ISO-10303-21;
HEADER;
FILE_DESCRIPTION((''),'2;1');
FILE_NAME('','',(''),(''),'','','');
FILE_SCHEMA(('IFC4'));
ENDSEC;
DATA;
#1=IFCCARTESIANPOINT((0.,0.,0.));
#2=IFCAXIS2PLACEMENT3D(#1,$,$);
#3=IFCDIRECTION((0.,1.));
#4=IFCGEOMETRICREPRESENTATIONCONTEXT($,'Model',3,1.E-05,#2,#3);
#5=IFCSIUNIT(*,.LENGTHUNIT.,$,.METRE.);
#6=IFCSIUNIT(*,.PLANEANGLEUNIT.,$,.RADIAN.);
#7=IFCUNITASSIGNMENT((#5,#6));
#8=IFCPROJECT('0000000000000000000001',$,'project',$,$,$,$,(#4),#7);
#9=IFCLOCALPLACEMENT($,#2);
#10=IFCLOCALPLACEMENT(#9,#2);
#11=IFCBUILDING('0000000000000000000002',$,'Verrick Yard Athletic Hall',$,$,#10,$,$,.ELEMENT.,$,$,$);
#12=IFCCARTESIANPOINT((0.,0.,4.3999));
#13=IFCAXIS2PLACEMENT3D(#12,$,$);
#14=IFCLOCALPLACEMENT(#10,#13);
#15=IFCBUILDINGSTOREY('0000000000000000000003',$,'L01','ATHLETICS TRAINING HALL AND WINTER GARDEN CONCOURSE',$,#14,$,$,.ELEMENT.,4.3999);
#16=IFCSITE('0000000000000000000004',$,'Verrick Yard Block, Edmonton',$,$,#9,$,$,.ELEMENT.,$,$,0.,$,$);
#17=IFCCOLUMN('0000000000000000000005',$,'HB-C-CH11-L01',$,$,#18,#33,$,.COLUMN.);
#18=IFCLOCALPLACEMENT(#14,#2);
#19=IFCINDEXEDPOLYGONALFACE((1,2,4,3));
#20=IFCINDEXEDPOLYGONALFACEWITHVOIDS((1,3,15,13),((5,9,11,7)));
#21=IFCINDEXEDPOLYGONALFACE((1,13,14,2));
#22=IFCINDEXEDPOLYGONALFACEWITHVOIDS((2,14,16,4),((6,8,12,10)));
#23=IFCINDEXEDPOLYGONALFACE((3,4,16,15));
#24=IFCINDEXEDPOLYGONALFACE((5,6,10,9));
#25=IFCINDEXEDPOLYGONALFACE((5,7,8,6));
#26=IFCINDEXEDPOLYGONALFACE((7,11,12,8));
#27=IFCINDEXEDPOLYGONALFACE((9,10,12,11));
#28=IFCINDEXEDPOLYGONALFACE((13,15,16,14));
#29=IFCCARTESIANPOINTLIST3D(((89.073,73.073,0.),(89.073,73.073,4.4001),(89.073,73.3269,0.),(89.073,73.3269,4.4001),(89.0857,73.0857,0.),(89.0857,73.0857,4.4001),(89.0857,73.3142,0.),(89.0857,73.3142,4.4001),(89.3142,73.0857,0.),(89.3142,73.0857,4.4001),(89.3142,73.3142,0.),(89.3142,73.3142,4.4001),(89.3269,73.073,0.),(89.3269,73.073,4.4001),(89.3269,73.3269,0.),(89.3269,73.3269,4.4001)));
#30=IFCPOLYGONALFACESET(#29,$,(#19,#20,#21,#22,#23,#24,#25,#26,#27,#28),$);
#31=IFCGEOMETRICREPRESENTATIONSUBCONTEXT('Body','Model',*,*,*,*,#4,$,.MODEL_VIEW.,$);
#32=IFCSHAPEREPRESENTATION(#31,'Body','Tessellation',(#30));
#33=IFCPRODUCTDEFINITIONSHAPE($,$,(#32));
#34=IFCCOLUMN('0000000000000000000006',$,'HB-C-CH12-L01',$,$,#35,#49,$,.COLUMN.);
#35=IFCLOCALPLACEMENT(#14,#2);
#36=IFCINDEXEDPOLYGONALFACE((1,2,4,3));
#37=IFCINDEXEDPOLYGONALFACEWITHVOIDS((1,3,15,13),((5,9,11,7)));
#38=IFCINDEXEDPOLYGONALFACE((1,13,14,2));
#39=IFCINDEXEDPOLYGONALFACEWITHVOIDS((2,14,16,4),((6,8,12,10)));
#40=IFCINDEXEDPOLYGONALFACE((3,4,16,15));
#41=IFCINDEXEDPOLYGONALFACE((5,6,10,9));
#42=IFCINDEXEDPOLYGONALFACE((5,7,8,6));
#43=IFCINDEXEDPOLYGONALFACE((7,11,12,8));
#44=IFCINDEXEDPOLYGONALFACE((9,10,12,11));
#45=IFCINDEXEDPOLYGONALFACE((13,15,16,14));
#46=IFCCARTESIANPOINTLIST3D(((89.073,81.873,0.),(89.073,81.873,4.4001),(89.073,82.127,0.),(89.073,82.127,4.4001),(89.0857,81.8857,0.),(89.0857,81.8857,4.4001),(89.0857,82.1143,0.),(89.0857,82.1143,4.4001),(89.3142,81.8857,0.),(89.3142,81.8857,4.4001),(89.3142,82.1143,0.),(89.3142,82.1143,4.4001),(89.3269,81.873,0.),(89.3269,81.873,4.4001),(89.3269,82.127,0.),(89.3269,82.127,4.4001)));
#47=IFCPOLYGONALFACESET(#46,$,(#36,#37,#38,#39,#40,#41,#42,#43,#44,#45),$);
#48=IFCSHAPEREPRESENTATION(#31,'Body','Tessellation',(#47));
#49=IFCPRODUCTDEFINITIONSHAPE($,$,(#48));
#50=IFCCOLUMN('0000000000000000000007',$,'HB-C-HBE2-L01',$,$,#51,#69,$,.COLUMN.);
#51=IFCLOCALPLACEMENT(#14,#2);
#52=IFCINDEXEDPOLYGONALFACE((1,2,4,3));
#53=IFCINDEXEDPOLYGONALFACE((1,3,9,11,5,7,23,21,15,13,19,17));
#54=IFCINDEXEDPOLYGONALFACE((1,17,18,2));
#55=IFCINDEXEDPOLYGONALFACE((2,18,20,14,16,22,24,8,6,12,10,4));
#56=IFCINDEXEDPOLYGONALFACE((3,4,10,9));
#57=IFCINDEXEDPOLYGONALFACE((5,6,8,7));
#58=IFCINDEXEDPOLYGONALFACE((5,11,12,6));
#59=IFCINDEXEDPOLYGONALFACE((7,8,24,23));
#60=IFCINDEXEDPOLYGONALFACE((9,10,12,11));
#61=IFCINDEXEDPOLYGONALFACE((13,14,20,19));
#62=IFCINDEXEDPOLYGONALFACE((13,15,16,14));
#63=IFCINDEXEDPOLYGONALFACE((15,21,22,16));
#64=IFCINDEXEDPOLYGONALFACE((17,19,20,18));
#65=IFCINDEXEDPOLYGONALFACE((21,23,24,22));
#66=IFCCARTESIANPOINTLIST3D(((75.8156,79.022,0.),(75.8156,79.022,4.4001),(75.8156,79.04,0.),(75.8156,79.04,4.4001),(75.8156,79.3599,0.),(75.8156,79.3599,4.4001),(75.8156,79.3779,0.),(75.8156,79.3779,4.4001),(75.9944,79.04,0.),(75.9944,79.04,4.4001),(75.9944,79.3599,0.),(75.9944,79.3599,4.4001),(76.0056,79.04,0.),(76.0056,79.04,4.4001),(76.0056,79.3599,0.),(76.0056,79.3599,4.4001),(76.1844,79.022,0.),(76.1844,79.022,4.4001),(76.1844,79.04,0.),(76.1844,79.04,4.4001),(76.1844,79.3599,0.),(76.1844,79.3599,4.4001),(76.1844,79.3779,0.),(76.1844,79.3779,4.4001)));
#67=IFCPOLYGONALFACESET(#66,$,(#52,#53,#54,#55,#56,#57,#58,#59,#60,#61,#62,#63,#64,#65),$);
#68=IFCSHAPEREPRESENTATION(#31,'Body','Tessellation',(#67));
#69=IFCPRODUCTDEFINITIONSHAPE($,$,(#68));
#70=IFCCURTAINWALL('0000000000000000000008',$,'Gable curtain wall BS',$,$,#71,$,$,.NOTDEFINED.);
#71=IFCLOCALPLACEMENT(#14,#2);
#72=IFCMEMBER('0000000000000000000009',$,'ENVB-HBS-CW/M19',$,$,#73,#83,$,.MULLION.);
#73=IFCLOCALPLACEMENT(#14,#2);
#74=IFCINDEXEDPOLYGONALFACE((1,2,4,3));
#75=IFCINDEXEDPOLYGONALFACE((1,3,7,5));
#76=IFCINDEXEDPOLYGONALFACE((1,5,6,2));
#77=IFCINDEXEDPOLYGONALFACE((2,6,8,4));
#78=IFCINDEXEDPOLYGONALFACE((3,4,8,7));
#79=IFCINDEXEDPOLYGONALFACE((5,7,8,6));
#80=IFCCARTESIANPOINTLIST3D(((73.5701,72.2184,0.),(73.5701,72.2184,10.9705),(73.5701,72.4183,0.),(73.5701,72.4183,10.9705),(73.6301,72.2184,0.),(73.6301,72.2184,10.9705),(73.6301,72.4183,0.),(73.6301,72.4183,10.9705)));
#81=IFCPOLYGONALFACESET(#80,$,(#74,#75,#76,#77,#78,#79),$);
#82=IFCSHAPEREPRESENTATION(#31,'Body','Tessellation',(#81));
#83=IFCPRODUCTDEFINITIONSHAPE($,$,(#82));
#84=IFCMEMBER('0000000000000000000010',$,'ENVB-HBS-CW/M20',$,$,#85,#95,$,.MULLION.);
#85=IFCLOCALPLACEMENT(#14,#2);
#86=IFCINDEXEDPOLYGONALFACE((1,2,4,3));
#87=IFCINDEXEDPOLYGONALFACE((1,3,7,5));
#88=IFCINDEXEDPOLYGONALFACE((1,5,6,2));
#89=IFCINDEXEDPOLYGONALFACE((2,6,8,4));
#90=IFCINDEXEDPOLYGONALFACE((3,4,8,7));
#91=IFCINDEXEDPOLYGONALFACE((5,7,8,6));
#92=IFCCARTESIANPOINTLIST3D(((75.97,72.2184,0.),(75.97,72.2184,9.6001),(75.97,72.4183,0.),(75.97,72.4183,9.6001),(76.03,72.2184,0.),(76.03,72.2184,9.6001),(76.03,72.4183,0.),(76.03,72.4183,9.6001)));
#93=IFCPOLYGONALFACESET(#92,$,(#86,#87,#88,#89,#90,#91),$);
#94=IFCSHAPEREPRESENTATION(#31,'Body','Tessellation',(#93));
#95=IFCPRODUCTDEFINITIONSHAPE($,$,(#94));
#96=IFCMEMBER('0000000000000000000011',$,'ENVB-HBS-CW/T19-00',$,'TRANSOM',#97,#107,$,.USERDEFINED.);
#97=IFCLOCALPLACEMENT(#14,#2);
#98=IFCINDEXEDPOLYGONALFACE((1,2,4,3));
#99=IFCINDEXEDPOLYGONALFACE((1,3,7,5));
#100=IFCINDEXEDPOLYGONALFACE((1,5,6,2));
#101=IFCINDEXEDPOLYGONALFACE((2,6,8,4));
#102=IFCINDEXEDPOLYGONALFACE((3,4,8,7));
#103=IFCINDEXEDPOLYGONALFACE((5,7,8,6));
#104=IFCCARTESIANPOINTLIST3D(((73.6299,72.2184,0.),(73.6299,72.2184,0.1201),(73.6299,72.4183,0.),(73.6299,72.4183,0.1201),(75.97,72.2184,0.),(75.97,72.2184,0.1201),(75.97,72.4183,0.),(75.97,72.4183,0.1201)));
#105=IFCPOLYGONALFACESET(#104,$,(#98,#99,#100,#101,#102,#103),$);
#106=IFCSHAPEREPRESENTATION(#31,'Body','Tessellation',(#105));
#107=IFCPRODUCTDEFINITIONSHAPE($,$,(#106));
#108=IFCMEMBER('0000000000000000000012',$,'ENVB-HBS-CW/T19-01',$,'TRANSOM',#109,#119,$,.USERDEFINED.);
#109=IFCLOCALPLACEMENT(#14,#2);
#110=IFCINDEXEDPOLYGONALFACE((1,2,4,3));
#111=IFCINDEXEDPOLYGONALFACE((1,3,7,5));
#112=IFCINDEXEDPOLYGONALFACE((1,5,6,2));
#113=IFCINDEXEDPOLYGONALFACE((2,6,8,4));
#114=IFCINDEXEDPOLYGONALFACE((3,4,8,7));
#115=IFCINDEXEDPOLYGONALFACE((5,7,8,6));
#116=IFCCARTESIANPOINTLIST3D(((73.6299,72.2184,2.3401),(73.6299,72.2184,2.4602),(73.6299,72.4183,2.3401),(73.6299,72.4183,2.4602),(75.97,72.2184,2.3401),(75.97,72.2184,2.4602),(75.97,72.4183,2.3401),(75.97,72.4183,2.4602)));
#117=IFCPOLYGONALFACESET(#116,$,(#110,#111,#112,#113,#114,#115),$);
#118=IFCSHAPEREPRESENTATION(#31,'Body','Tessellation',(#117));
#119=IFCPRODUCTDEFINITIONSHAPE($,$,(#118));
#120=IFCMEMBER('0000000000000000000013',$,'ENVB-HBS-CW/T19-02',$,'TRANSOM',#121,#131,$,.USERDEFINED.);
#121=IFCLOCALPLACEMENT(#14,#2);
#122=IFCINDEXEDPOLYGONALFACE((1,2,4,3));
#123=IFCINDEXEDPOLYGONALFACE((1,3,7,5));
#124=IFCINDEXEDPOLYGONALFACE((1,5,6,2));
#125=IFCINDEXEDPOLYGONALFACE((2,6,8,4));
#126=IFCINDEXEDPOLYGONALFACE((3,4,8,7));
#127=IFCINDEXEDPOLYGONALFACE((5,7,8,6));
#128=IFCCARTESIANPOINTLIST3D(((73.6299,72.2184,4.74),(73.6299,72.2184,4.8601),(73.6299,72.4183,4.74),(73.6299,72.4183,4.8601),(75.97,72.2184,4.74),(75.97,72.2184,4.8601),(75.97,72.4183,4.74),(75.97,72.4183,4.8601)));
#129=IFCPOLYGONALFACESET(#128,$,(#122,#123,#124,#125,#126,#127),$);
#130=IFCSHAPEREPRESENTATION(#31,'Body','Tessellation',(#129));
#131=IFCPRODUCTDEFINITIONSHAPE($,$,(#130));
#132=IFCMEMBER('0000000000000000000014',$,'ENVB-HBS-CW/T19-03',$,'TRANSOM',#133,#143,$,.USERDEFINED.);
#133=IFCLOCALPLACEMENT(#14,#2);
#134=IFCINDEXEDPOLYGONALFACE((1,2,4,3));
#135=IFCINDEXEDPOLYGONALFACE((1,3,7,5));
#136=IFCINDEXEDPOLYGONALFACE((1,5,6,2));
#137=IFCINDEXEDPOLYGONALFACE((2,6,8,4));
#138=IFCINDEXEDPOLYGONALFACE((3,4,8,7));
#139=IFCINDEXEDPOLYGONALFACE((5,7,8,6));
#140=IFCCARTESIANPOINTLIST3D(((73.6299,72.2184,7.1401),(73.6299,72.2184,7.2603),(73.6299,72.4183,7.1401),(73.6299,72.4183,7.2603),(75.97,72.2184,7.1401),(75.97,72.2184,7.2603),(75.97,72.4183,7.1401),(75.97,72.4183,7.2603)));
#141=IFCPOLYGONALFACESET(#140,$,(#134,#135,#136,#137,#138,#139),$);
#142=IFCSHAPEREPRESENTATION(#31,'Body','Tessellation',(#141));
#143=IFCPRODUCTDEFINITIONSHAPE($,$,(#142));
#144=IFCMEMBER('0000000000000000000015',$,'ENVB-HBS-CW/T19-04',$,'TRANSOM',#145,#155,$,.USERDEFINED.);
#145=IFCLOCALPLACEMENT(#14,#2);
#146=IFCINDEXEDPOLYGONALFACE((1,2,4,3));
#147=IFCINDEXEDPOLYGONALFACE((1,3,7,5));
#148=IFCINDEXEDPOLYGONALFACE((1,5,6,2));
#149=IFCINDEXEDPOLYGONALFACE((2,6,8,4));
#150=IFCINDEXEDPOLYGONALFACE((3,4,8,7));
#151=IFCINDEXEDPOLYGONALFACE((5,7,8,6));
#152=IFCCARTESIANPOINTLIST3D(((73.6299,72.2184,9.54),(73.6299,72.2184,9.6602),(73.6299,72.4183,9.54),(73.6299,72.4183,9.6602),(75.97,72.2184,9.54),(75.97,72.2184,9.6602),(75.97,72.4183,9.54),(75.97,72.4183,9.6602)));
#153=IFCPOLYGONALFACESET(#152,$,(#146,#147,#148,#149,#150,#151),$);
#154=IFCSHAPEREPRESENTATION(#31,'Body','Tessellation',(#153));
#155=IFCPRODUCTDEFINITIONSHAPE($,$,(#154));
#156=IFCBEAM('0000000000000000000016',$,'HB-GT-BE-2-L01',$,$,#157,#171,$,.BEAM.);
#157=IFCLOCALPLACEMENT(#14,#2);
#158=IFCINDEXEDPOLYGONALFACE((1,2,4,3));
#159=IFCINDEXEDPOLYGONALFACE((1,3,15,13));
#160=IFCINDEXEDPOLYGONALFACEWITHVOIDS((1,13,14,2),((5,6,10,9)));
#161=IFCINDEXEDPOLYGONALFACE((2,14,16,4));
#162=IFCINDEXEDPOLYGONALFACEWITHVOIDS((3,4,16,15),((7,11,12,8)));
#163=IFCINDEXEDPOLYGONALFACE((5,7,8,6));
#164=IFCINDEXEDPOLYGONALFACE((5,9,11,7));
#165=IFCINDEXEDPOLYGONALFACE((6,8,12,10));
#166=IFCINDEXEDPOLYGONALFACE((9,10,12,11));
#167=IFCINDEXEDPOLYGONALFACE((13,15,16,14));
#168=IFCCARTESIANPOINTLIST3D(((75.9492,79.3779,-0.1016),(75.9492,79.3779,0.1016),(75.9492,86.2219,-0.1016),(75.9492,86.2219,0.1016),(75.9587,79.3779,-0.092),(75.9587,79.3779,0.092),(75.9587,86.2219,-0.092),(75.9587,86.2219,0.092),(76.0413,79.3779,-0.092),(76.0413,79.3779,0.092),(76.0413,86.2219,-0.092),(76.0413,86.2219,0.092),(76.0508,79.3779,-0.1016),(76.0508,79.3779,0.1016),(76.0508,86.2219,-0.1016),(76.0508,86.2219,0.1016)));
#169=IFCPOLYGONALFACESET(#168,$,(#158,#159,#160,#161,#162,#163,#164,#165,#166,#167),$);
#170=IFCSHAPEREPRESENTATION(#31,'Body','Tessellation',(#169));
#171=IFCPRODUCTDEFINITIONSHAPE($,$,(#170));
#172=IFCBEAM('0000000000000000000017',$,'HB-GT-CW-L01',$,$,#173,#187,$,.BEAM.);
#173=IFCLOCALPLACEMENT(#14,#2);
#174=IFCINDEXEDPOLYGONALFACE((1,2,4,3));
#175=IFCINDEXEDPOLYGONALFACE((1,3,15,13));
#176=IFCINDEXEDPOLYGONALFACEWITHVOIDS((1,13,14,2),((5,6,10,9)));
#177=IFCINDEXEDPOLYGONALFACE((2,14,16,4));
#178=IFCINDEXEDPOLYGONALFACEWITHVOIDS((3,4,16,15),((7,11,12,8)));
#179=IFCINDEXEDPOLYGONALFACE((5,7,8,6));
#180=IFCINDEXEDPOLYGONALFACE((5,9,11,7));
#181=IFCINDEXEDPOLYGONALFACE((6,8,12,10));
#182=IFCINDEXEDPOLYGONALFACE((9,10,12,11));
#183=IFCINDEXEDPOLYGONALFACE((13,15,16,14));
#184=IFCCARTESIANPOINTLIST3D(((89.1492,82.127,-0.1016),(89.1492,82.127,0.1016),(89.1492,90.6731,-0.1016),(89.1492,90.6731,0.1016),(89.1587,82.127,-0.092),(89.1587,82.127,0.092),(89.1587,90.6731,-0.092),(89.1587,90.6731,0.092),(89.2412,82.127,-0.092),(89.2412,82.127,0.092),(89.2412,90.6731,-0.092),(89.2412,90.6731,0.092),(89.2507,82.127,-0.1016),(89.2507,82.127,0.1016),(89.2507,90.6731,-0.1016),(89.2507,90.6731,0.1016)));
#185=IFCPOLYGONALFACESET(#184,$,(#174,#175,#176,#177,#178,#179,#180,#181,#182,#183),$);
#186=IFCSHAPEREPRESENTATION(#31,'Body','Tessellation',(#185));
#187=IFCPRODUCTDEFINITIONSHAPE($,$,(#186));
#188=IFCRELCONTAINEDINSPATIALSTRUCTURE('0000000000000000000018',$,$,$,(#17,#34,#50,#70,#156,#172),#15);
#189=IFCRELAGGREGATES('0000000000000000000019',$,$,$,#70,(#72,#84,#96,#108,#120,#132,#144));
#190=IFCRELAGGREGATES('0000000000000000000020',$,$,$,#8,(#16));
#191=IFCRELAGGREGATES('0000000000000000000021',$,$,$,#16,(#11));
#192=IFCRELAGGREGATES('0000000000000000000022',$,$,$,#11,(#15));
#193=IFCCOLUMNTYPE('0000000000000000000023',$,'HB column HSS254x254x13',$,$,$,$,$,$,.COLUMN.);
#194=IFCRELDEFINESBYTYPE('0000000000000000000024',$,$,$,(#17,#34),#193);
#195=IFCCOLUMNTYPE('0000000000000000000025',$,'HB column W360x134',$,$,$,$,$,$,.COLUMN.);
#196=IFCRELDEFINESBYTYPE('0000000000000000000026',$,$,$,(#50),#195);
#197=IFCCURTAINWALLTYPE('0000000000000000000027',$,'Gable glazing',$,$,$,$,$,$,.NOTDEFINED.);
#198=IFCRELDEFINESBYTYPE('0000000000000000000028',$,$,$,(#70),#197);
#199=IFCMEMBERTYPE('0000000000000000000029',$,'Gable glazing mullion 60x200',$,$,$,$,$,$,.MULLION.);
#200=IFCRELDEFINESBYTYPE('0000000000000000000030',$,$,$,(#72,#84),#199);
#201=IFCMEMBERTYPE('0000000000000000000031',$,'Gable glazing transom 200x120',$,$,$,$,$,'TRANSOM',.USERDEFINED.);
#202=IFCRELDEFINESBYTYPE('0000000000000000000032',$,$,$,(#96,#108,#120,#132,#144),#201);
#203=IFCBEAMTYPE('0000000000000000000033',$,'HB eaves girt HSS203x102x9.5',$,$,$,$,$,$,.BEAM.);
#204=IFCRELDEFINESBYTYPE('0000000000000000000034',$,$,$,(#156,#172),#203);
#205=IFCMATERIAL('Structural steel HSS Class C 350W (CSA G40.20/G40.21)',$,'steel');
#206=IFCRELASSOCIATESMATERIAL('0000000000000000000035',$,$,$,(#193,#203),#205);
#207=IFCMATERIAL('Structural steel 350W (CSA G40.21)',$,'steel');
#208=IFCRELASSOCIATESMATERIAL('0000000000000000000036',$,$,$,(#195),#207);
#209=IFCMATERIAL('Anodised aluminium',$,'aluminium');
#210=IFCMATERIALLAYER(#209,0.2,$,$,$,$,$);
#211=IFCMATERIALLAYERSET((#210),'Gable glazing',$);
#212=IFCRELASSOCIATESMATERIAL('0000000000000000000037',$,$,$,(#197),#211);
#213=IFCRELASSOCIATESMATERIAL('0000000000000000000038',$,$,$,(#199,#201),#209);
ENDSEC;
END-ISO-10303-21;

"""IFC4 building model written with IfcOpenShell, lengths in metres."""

from ifc_helpers import new_model, si_unit, direction, frame, origin, origin_2d, place, context, subcontext, project, spatial, rectangle, hollow_rectangle, i_section, extrude, material, layer, layer_set, material_profile, profile_set, type_object, element, aggregate, save


model = new_model("IFC4")

# Units and contexts
model_context = context("Model", 3, precision=1e-05, world=origin(), true_north=direction((0.0, 1.0)))
body_context = subcontext(model_context, "Body", "Model", "MODEL_VIEW")
ifc_project = project(units=[si_unit("LENGTHUNIT", "METRE"), si_unit("PLANEANGLEUNIT", "RADIAN")], contexts=[model_context])

# Site, building, storey
site_placement = place(None, origin())
site = spatial("IfcSite", under=ifc_project, at=site_placement, Name="Verrick Yard Block, Edmonton", CompositionType="ELEMENT", RefElevation=0.0)
building_placement = place(site_placement, origin())
building = spatial("IfcBuilding", under=site, at=building_placement, Name="Verrick Yard Athletic Hall", CompositionType="ELEMENT")
storey_placement = place(building_placement, frame((0.0, 0.0, 4.3999)))
storey = spatial("IfcBuildingStorey", under=building, at=storey_placement, Name="L01", Description="ATHLETICS TRAINING HALL AND WINTER GARDEN CONCOURSE", CompositionType="ELEMENT", Elevation=4.3999)

# Columns
ifc_material_1 = material(Name="Structural steel HSS Class C 350W (CSA G40.20/G40.21)", Category="steel")
ifc_material_profile_1 = material_profile(ifc_material_1, hollow_rectangle(XDim=0.2539, YDim=0.2539, WallThickness=0.0127, at=origin_2d()), Name="HSS254x254x13")
ifc_profile_set_1 = profile_set([ifc_material_profile_1], Name="Structural steel HSS Class C 350W (CSA G40.20/G40.21)")
column_type_1 = type_object("IfcColumnType", Name="HB column HSS254x254x13", PredefinedType="COLUMN", material=ifc_profile_set_1)
for number, where, z_axis, x_axis, name in (
    (1, (89.2, 73.2, 0.0), (0.0, 0.0, 1.0), (1.0, 0.0, 0.0), "HB-C-CH11-L01"),
    (2, (89.2, 82.0, 0.0), (0.0, 0.0, 1.0), (1.0, 0.0, 0.0), "HB-C-CH12-L01"),
):
    element("IfcColumn", number, at=place(storey_placement, frame(where, z_axis=z_axis, x_axis=x_axis)), inside=storey, type_object=column_type_1, Name=name, PredefinedType="COLUMN", context=body_context, shape_type="SweptSolid", body=[
        extrude(hollow_rectangle(XDim=0.2539, YDim=0.2539, WallThickness=0.0127, at=origin_2d()), origin(), (0.0, 0.0, 1.0), 4.4001),
    ])
ifc_material_2 = material(Name="Structural steel 350W (CSA G40.21)", Category="steel")
ifc_material_profile_2 = material_profile(ifc_material_2, i_section(OverallWidth=0.3689, OverallDepth=0.356, WebThickness=0.0112, FlangeThickness=0.0181, at=origin_2d()), Name="W360x134")
ifc_profile_set_2 = profile_set([ifc_material_profile_2], Name="Structural steel 350W (CSA G40.21)")
column_type_2 = type_object("IfcColumnType", Name="HB column W360x134", PredefinedType="COLUMN", material=ifc_profile_set_2)
column_placement = place(storey_placement, frame((76.0, 79.2, 0.0), z_axis=(0.0, 0.0, 1.0), x_axis=(1.0, 0.0, 0.0)))
element("IfcColumn", 3, at=column_placement, inside=storey, type_object=column_type_2, Name="HB-C-HBE2-L01", PredefinedType="COLUMN", context=body_context, shape_type="SweptSolid", body=[
    extrude(i_section(OverallWidth=0.3689, OverallDepth=0.356, WebThickness=0.0112, FlangeThickness=0.0181, at=origin_2d()), origin(), (0.0, 0.0, 1.0), 4.4001),
])

# Curtain wall, members
ifc_material_3 = material(Name="Anodised aluminium", Category="aluminium")
ifc_layer_1 = layer(ifc_material_3, 0.2)
ifc_layer_set_1 = layer_set([ifc_layer_1], Name="Gable glazing")
curtain_wall_type = type_object("IfcCurtainWallType", Name="Gable glazing", PredefinedType="NOTDEFINED", material=ifc_layer_set_1)
curtain_wall_placement = place(storey_placement, origin())
curtain_wall = element("IfcCurtainWall", 4, at=curtain_wall_placement, inside=storey, type_object=curtain_wall_type, Name="Gable curtain wall BS", PredefinedType="NOTDEFINED")
ifc_material_profile_3 = material_profile(ifc_material_3, rectangle(XDim=0.2, YDim=0.0601, at=origin_2d()), Name="CW gable mullion 60x200")
ifc_profile_set_3 = profile_set([ifc_material_profile_3], Name="Anodised aluminium")
member_type_1 = type_object("IfcMemberType", Name="Gable glazing mullion 60x200", PredefinedType="MULLION", material=ifc_profile_set_3)
member_1_placement = place(storey_placement, frame((73.6001, 72.3184, 0.0), z_axis=(0.0, 0.0, 1.0), x_axis=(0.0, 1.0, 0.0)))
member_1 = element("IfcMember", 5, at=member_1_placement, type_object=member_type_1, Name="ENVB-HBS-CW/M19", PredefinedType="MULLION", context=body_context, shape_type="SweptSolid", body=[
    extrude(rectangle(XDim=0.2, YDim=0.0601, at=origin_2d()), origin(), (0.0, 0.0, 1.0), 10.9705),
])
member_2_placement = place(storey_placement, frame((76.0, 72.3184, 0.0), z_axis=(0.0, 0.0, 1.0), x_axis=(0.0, 1.0, 0.0)))
member_2 = element("IfcMember", 6, at=member_2_placement, type_object=member_type_1, Name="ENVB-HBS-CW/M20", PredefinedType="MULLION", context=body_context, shape_type="SweptSolid", body=[
    extrude(rectangle(XDim=0.2, YDim=0.0601, at=origin_2d()), origin(), (0.0, 0.0, 1.0), 9.6001),
])
ifc_material_profile_4 = material_profile(ifc_material_3, rectangle(XDim=0.2, YDim=0.1201, at=origin_2d()), Name="CW gable transom 200x120")
ifc_profile_set_4 = profile_set([ifc_material_profile_4], Name="Anodised aluminium")
member_type_2 = type_object("IfcMemberType", Name="Gable glazing transom 200x120", ElementType="TRANSOM", PredefinedType="USERDEFINED", material=ifc_profile_set_4)
member_3_placement = place(storey_placement, frame((73.6299, 72.3184, 0.0601), z_axis=(1.0, 0.0, 0.0), x_axis=(0.0, 1.0, 0.0)))
member_3 = element("IfcMember", 7, at=member_3_placement, type_object=member_type_2, Name="ENVB-HBS-CW/T19-00", ObjectType="TRANSOM", PredefinedType="USERDEFINED", context=body_context, shape_type="SweptSolid", body=[
    extrude(rectangle(XDim=0.2, YDim=0.1201, at=origin_2d()), origin(), (0.0, 0.0, 1.0), 2.3401),
])
member_4_placement = place(storey_placement, frame((73.6299, 72.3184, 2.4001), z_axis=(1.0, 0.0, 0.0), x_axis=(0.0, 1.0, 0.0)))
member_4 = element("IfcMember", 8, at=member_4_placement, type_object=member_type_2, Name="ENVB-HBS-CW/T19-01", ObjectType="TRANSOM", PredefinedType="USERDEFINED", context=body_context, shape_type="SweptSolid", body=[
    extrude(rectangle(XDim=0.2, YDim=0.1201, at=origin_2d()), origin(), (0.0, 0.0, 1.0), 2.3401),
])
member_5_placement = place(storey_placement, frame((73.6299, 72.3184, 4.8), z_axis=(1.0, 0.0, 0.0), x_axis=(0.0, 1.0, 0.0)))
member_5 = element("IfcMember", 9, at=member_5_placement, type_object=member_type_2, Name="ENVB-HBS-CW/T19-02", ObjectType="TRANSOM", PredefinedType="USERDEFINED", context=body_context, shape_type="SweptSolid", body=[
    extrude(rectangle(XDim=0.2, YDim=0.1201, at=origin_2d()), origin(), (0.0, 0.0, 1.0), 2.3401),
])
member_6_placement = place(storey_placement, frame((73.6299, 72.3184, 7.2002), z_axis=(1.0, 0.0, 0.0), x_axis=(0.0, 1.0, 0.0)))
member_6 = element("IfcMember", 10, at=member_6_placement, type_object=member_type_2, Name="ENVB-HBS-CW/T19-03", ObjectType="TRANSOM", PredefinedType="USERDEFINED", context=body_context, shape_type="SweptSolid", body=[
    extrude(rectangle(XDim=0.2, YDim=0.1201, at=origin_2d()), origin(), (0.0, 0.0, 1.0), 2.3401),
])
member_7_placement = place(storey_placement, frame((73.6299, 72.3184, 9.6001), z_axis=(1.0, 0.0, 0.0), x_axis=(0.0, 1.0, 0.0)))
member_7 = element("IfcMember", 11, at=member_7_placement, type_object=member_type_2, Name="ENVB-HBS-CW/T19-04", ObjectType="TRANSOM", PredefinedType="USERDEFINED", context=body_context, shape_type="SweptSolid", body=[
    extrude(rectangle(XDim=0.2, YDim=0.1201, at=origin_2d()), origin(), (0.0, 0.0, 1.0), 2.3401),
])

# Beams
ifc_material_profile_5 = material_profile(ifc_material_1, hollow_rectangle(XDim=0.1016, YDim=0.2031, WallThickness=0.0095, at=origin_2d()), Name="HSS203x102x9.5")
ifc_profile_set_5 = profile_set([ifc_material_profile_5], Name="Structural steel HSS Class C 350W (CSA G40.20/G40.21)")
beam_type_1 = type_object("IfcBeamType", Name="HB eaves girt HSS203x102x9.5", PredefinedType="BEAM", material=ifc_profile_set_5)
beam_1_placement = place(storey_placement, frame((76.0, 79.3779, 0.0), z_axis=(0.0, 1.0, 0.0), x_axis=(-1.0, 0.0, 0.0)))
element("IfcBeam", 12, at=beam_1_placement, inside=storey, type_object=beam_type_1, Name="HB-GT-BE-2-L01", PredefinedType="BEAM", context=body_context, shape_type="SweptSolid", body=[
    extrude(hollow_rectangle(XDim=0.1016, YDim=0.2031, WallThickness=0.0095, at=origin_2d()), origin(), (0.0, 0.0, 1.0), 6.844),
])
for number, where, z_axis, x_axis, name in (
    (13, (89.2, 82.127, 0.0), (0.0, 1.0, 0.0), (-1.0, 0.0, 0.0), "HB-GT-CW-L01"),
):
    element("IfcBeam", number, at=place(storey_placement, frame(where, z_axis=z_axis, x_axis=x_axis)), inside=storey, type_object=beam_type_1, Name=name, PredefinedType="BEAM", context=body_context, shape_type="SweptSolid", body=[
        extrude(hollow_rectangle(XDim=0.1016, YDim=0.2031, WallThickness=0.0095, at=origin_2d()), origin(), (0.0, 0.0, 1.0), 8.5461),
    ])

aggregate(curtain_wall, [member_1, member_2, member_3, member_4, member_5, member_6, member_7])

save(model, "model.ifc")
